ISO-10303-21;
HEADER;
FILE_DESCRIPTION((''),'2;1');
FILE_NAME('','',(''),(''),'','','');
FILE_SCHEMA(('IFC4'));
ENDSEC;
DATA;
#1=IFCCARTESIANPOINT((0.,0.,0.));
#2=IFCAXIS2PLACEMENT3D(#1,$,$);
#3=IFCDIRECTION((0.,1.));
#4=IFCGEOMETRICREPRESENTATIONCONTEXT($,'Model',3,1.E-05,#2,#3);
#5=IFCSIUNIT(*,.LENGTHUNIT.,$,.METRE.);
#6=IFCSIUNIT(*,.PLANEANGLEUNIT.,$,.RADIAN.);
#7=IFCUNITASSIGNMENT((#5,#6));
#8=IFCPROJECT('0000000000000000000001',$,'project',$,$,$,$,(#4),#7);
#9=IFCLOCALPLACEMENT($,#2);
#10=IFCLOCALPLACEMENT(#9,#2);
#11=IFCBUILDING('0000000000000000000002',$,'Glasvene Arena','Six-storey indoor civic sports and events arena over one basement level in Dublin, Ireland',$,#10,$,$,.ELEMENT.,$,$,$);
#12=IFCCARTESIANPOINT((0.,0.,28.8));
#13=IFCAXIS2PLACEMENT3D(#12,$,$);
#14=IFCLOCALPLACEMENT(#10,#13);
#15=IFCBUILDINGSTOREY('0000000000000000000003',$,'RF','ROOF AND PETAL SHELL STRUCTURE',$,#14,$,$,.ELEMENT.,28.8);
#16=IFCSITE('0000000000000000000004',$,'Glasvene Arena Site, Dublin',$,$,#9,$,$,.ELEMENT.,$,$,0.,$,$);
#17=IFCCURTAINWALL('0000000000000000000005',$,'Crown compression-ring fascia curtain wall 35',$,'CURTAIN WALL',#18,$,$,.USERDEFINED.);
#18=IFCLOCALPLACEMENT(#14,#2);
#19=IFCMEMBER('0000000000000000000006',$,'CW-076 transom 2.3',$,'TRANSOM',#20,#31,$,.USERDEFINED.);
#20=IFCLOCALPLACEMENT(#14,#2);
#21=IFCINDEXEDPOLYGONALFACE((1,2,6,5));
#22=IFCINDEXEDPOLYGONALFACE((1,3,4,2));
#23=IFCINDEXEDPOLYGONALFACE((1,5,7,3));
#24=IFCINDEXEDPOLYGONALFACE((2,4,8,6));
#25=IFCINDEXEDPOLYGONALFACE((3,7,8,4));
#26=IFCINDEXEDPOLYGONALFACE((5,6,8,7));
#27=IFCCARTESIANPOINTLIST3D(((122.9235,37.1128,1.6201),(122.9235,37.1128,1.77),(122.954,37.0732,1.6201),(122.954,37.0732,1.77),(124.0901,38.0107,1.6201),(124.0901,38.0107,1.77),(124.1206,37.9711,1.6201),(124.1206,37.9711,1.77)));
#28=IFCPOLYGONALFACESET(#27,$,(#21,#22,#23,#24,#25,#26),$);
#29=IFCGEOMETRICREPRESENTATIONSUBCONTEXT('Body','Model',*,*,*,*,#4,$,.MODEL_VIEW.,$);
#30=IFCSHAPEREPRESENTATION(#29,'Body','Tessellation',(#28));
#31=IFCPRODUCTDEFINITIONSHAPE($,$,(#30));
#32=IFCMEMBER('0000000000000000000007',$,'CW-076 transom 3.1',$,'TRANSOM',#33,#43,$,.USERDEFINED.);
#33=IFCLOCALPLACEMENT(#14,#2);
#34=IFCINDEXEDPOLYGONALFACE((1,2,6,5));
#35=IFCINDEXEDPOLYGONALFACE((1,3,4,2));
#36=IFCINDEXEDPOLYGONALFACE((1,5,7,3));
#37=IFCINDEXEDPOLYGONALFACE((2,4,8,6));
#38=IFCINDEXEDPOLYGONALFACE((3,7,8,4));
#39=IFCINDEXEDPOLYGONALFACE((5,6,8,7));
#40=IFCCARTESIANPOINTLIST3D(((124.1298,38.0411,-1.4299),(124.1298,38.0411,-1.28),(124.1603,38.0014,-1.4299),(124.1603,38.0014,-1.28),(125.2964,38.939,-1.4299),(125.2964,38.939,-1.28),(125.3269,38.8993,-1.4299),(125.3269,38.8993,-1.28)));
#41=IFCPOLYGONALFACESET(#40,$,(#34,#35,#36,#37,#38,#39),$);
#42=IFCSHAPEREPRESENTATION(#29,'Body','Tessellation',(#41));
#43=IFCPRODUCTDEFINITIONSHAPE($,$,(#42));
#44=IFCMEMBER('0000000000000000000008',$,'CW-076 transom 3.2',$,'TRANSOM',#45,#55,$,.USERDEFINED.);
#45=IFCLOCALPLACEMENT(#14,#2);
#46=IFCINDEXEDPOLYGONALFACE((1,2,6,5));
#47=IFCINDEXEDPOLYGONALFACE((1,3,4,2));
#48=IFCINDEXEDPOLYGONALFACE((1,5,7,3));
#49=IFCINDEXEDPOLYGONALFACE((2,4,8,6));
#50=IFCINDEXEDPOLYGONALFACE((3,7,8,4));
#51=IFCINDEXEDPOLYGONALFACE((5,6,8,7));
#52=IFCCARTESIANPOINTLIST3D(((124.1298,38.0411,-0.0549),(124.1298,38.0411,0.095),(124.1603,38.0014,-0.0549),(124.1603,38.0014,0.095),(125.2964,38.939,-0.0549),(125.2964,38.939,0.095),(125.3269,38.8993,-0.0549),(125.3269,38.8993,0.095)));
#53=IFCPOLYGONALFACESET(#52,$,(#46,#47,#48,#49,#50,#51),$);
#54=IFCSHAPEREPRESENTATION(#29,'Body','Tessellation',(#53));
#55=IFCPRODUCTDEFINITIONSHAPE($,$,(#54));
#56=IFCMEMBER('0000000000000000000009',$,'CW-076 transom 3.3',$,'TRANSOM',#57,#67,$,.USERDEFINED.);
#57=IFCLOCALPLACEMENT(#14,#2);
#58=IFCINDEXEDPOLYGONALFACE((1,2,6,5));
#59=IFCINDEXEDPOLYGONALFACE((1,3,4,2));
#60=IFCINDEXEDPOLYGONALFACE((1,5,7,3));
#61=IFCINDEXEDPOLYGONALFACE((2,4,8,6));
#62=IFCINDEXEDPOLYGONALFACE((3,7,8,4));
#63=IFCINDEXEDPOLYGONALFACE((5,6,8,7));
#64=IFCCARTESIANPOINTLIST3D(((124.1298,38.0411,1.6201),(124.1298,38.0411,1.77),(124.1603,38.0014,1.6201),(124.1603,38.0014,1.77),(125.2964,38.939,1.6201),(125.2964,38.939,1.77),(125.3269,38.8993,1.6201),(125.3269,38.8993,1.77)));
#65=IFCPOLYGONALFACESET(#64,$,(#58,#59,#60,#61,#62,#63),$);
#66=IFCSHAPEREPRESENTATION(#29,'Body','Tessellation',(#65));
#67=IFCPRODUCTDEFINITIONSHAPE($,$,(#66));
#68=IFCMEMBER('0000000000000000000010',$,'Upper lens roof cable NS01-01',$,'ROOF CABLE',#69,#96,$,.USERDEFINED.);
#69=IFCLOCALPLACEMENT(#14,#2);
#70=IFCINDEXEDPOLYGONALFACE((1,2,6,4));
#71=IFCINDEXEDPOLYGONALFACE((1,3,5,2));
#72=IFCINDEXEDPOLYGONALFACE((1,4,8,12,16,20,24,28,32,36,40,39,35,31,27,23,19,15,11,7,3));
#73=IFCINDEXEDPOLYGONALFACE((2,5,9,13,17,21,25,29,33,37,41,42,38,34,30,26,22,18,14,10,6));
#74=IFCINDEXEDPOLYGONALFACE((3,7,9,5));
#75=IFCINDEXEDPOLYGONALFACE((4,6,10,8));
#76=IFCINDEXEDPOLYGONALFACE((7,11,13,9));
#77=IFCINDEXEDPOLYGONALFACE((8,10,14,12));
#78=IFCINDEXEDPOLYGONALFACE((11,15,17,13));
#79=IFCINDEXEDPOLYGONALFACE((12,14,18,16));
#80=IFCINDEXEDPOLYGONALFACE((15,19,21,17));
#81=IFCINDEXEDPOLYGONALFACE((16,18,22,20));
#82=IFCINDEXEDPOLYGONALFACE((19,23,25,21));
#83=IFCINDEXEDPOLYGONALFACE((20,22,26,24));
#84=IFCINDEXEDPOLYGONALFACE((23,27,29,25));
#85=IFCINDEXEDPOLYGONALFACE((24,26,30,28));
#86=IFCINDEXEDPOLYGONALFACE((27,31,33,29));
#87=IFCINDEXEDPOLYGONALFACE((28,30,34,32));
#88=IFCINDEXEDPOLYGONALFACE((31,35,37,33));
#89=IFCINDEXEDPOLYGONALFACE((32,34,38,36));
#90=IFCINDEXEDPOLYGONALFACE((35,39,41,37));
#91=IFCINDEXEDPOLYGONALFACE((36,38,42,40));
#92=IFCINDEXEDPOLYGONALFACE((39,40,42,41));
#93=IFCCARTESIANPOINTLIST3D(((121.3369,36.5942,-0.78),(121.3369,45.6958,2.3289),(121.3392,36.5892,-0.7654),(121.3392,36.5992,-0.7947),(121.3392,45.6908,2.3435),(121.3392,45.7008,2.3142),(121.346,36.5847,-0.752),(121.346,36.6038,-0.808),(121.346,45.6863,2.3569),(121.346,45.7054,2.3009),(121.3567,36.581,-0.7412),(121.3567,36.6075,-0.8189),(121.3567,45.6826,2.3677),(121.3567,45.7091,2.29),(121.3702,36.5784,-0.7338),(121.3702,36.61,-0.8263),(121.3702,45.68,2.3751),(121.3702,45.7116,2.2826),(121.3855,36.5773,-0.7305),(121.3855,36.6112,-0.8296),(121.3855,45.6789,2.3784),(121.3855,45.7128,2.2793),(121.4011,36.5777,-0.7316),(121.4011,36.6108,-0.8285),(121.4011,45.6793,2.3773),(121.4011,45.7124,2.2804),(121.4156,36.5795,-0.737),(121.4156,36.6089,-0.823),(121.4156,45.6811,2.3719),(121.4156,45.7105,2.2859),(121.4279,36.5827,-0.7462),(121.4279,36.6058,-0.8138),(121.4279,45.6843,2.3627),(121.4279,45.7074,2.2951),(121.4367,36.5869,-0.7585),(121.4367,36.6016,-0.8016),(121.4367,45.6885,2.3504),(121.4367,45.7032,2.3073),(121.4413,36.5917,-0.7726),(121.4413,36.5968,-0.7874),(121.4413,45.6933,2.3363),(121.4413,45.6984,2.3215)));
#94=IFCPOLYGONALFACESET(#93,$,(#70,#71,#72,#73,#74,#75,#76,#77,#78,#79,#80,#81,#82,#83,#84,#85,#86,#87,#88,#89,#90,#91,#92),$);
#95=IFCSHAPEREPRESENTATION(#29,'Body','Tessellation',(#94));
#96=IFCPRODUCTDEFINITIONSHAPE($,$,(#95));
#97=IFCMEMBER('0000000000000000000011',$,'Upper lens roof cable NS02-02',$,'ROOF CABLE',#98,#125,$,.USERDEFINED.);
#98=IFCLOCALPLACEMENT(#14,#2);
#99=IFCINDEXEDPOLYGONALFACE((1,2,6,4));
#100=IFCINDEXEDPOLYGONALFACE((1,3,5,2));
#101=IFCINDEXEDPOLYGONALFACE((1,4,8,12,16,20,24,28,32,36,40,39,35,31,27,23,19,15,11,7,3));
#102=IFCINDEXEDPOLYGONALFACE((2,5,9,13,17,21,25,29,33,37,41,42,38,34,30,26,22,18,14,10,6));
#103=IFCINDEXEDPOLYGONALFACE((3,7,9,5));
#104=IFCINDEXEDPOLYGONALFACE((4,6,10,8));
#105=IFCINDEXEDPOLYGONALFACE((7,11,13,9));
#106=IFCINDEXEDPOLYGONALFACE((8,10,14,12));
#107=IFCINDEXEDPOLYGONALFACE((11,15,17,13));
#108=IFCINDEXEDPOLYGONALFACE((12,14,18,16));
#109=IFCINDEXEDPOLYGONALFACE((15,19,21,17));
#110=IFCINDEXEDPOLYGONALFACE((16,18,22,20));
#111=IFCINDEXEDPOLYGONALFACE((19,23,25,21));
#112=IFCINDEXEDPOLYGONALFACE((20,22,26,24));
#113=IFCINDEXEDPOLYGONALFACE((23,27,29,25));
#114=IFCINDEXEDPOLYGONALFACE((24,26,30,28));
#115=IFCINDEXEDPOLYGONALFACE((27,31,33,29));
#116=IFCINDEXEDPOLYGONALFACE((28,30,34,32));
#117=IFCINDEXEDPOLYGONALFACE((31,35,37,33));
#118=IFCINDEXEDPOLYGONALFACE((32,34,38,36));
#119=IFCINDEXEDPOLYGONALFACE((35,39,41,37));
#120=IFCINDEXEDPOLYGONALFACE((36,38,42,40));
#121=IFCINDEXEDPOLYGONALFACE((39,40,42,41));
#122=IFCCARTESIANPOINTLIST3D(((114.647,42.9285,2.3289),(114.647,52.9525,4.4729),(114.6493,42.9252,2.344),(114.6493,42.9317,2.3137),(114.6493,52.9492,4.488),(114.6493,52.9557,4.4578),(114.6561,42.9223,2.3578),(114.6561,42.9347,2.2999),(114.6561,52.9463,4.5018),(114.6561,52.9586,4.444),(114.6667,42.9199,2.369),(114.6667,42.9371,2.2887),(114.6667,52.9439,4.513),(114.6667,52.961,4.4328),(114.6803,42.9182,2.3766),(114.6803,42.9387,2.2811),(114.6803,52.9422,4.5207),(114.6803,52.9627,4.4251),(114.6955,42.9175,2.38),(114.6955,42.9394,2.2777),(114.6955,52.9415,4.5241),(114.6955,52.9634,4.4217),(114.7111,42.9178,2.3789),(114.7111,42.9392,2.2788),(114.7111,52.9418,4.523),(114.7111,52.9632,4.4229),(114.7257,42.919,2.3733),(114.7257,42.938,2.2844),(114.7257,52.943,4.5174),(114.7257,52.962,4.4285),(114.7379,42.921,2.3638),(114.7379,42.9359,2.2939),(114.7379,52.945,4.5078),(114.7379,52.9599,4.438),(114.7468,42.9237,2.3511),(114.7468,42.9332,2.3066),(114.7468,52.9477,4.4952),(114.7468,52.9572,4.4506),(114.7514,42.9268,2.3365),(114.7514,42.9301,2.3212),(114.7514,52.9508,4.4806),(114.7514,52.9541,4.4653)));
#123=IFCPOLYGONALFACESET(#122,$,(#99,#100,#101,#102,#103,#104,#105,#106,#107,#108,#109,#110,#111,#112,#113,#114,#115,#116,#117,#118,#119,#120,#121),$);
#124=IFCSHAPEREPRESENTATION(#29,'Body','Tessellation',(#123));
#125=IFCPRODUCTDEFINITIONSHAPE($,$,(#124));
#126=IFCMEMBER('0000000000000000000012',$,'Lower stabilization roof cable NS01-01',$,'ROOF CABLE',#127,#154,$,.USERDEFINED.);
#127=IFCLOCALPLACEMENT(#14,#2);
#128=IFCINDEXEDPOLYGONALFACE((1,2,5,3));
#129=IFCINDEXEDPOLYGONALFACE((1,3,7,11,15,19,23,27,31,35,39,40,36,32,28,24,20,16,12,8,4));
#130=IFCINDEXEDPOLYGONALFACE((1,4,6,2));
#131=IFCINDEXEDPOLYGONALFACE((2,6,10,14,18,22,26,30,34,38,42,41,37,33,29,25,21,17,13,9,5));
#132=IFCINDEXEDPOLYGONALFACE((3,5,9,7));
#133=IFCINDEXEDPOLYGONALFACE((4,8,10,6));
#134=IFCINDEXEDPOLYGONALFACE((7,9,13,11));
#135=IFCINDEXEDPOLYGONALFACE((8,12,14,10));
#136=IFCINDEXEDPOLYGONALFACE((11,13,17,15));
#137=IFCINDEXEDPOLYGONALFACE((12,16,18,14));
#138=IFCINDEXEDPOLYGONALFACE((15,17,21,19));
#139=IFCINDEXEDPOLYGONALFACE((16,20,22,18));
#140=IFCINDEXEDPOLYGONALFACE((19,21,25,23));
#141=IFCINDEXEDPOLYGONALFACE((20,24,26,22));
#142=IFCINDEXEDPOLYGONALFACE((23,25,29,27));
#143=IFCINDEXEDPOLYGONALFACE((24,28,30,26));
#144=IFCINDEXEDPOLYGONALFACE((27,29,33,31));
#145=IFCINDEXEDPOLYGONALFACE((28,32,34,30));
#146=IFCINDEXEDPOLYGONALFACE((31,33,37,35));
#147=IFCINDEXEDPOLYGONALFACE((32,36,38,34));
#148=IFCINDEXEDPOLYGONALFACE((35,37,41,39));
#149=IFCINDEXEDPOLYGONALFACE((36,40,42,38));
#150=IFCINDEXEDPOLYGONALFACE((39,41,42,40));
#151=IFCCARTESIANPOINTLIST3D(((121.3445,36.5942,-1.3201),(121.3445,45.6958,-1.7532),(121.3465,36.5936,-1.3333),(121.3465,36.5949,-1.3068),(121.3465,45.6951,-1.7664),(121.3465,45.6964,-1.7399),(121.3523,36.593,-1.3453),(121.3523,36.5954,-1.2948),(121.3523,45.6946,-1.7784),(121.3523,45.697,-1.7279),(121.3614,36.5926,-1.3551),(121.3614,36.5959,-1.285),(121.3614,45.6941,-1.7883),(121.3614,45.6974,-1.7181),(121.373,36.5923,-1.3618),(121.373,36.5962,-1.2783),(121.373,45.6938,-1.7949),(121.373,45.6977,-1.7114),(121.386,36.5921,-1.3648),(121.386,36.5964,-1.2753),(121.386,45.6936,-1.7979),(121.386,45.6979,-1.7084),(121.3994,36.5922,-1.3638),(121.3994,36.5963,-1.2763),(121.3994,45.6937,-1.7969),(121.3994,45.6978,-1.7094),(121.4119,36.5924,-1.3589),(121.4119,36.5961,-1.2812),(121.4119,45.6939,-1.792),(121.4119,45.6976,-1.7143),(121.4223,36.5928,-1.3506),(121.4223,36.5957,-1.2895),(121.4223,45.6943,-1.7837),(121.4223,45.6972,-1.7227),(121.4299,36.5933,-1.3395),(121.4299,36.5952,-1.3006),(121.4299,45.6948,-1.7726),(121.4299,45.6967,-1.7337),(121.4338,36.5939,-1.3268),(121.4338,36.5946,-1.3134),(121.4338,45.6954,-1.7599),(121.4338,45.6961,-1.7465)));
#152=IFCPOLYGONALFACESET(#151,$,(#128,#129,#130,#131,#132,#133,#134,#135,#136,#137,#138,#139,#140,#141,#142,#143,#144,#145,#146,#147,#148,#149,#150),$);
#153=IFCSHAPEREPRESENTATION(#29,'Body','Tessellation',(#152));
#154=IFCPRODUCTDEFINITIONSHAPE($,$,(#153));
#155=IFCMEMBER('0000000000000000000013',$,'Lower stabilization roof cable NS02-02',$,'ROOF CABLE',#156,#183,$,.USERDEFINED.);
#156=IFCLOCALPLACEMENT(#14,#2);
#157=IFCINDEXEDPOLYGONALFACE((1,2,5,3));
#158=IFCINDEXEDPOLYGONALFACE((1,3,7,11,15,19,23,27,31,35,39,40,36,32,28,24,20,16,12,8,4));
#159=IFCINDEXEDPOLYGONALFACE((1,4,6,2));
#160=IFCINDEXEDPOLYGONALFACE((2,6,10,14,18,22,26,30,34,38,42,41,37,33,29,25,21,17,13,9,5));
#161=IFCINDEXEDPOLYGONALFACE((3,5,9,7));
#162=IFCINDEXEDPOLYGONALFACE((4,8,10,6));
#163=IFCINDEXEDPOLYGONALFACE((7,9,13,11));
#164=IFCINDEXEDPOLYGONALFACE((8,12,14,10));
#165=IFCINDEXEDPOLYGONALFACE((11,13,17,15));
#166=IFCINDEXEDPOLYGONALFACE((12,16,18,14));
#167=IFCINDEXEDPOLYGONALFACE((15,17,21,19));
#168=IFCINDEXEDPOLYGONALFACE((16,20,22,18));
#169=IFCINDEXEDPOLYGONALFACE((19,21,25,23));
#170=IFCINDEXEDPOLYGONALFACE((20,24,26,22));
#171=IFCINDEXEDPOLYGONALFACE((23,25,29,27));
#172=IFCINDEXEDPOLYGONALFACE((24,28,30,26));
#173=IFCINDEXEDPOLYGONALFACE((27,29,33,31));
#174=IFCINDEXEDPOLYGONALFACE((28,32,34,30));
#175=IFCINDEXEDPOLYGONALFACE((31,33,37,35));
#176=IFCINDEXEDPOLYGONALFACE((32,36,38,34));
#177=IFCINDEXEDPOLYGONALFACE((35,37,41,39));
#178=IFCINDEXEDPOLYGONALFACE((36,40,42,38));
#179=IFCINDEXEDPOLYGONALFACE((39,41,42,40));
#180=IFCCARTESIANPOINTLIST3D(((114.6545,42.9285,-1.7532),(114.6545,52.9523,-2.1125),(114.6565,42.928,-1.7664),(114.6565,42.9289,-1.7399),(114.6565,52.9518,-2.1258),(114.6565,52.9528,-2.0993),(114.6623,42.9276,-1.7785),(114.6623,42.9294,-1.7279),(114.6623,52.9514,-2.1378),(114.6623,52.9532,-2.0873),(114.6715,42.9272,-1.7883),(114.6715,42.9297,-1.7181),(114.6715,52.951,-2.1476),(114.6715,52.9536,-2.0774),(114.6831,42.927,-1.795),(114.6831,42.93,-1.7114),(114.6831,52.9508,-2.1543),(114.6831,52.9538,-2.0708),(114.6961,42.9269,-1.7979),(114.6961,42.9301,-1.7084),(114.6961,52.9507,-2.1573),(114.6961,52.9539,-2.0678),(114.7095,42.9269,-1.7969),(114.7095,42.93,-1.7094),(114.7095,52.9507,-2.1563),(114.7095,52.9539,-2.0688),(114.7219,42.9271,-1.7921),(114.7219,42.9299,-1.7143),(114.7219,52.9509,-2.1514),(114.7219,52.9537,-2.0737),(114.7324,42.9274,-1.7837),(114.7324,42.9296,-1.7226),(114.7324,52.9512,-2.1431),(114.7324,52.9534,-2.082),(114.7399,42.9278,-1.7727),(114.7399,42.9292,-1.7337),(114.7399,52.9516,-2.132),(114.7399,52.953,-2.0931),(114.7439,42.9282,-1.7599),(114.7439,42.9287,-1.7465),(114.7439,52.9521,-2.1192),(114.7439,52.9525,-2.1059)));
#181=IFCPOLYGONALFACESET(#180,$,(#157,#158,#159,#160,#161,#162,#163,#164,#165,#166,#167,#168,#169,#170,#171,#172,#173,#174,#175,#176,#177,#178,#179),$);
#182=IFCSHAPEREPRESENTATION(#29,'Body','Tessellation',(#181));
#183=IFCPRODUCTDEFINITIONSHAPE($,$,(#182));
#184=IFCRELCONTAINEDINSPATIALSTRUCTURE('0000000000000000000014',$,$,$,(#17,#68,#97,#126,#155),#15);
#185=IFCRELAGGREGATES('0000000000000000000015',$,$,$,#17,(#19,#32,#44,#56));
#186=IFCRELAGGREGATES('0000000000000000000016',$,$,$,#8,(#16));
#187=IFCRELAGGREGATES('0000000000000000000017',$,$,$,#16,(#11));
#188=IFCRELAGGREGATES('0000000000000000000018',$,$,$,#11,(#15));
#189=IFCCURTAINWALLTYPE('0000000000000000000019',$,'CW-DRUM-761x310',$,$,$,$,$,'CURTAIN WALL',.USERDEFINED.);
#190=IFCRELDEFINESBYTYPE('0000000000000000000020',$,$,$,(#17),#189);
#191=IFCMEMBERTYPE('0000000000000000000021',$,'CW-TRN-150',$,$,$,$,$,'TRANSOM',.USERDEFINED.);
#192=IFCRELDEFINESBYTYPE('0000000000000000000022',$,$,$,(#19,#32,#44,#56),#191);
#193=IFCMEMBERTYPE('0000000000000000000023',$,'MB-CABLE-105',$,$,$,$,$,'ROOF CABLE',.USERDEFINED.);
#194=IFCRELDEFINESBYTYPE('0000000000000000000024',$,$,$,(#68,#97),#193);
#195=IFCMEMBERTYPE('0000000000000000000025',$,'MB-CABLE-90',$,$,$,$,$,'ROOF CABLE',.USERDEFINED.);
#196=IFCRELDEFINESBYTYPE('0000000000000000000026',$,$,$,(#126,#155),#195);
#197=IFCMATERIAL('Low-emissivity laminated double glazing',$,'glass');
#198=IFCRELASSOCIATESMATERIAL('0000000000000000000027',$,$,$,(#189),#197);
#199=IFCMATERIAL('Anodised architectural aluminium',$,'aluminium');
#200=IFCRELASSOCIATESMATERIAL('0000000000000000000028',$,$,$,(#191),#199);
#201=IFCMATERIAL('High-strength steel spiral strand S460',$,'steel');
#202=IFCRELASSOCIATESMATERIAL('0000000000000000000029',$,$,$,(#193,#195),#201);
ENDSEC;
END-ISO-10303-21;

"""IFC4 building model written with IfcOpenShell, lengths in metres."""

from ifc_helpers import new_model, si_unit, direction, frame, origin, origin_2d, place, context, subcontext, project, spatial, rectangle, circle, extrude, material, material_profile, profile_set, type_object, element, aggregate, save


model = new_model("IFC4")

# Units and contexts
model_context = context("Model", 3, precision=1e-05, world=origin(), true_north=direction((0.0, 1.0)))
body_context = subcontext(model_context, "Body", "Model", "MODEL_VIEW")
ifc_project = project(units=[si_unit("LENGTHUNIT", "METRE"), si_unit("PLANEANGLEUNIT", "RADIAN")], contexts=[model_context])

# Site, building, storey
site_placement = place(None, origin())
site = spatial("IfcSite", under=ifc_project, at=site_placement, Name="Glasvene Arena Site, Dublin", CompositionType="ELEMENT", RefElevation=0.0)
building_placement = place(site_placement, origin())
building = spatial("IfcBuilding", under=site, at=building_placement, Name="Glasvene Arena", Description="Six-storey indoor civic sports and events arena over one basement level in Dublin, Ireland", CompositionType="ELEMENT")
storey_placement = place(building_placement, frame((0.0, 0.0, 28.8)))
storey = spatial("IfcBuildingStorey", under=building, at=storey_placement, Name="RF", Description="ROOF AND PETAL SHELL STRUCTURE", CompositionType="ELEMENT", Elevation=28.8)

# Shared definitions
ifc_material_1 = material(Name="Low-emissivity laminated double glazing", Category="glass")
ifc_material_2 = material(Name="Anodised architectural aluminium", Category="aluminium")

# Curtain wall
curtain_wall_type_1 = type_object("IfcCurtainWallType", Name="CW-DRUM-761x310", ElementType="CURTAIN WALL", PredefinedType="USERDEFINED", material=ifc_material_1)
curtain_wall_1_placement = place(storey_placement, frame((121.7124, 36.1494, 0.0)))
curtain_wall_1 = element("IfcCurtainWall", 1, at=curtain_wall_1_placement, inside=storey, type_object=curtain_wall_type_1, Name="Crown compression-ring fascia curtain wall 35", ObjectType="CURTAIN WALL", PredefinedType="USERDEFINED")

# Members
ifc_material_profile_1 = material_profile(ifc_material_2, rectangle(XDim=0.05, YDim=0.1499, at=origin_2d()), Name="ALU TRANSOM 50x150")
ifc_profile_set_1 = profile_set([ifc_material_profile_1], Name="Anodised architectural aluminium")
member_type_1 = type_object("IfcMemberType", Name="CW-TRN-150", ElementType="TRANSOM", PredefinedType="USERDEFINED", material=ifc_profile_set_1)
member_1_placement = place(storey_placement, frame((122.9387, 37.093, 1.6951), z_axis=(0.792476, 0.609903, 0.0), x_axis=(-0.609903, 0.792476, 0.0)))
member_1 = element("IfcMember", 2, at=member_1_placement, type_object=member_type_1, Name="CW-076 transom 2.3", ObjectType="TRANSOM", PredefinedType="USERDEFINED", context=body_context, shape_type="SweptSolid", body=[
    extrude(rectangle(XDim=0.05, YDim=0.1499, at=origin_2d()), origin(), (0.0, 0.0, 1.0), 1.4722),
])
member_2_placement = place(storey_placement, frame((124.145, 38.0212, -1.355), z_axis=(0.792476, 0.609903, 0.0), x_axis=(-0.609903, 0.792476, 0.0)))
member_2 = element("IfcMember", 3, at=member_2_placement, type_object=member_type_1, Name="CW-076 transom 3.1", ObjectType="TRANSOM", PredefinedType="USERDEFINED", context=body_context, shape_type="SweptSolid", body=[
    extrude(rectangle(XDim=0.05, YDim=0.1499, at=origin_2d()), origin(), (0.0, 0.0, 1.0), 1.4722),
])
member_3_placement = place(storey_placement, frame((124.145, 38.0212, 0.02), z_axis=(0.792476, 0.609903, 0.0), x_axis=(-0.609903, 0.792476, 0.0)))
member_3 = element("IfcMember", 4, at=member_3_placement, type_object=member_type_1, Name="CW-076 transom 3.2", ObjectType="TRANSOM", PredefinedType="USERDEFINED", context=body_context, shape_type="SweptSolid", body=[
    extrude(rectangle(XDim=0.05, YDim=0.1499, at=origin_2d()), origin(), (0.0, 0.0, 1.0), 1.4722),
])
member_4_placement = place(storey_placement, frame((124.145, 38.0212, 1.6951), z_axis=(0.792476, 0.609903, 0.0), x_axis=(-0.609903, 0.792476, 0.0)))
member_4 = element("IfcMember", 5, at=member_4_placement, type_object=member_type_1, Name="CW-076 transom 3.3", ObjectType="TRANSOM", PredefinedType="USERDEFINED", context=body_context, shape_type="SweptSolid", body=[
    extrude(rectangle(XDim=0.05, YDim=0.1499, at=origin_2d()), origin(), (0.0, 0.0, 1.0), 1.4722),
])

# Members
ifc_material_3 = material(Name="High-strength steel spiral strand S460", Category="steel")
ifc_material_profile_2 = material_profile(ifc_material_3, circle(Radius=0.0525, at=origin_2d()), Name="LCSS D105")
ifc_profile_set_2 = profile_set([ifc_material_profile_2], Name="High-strength steel spiral strand S460")
member_type_2 = type_object("IfcMemberType", Name="MB-CABLE-105", ElementType="ROOF CABLE", PredefinedType="USERDEFINED", material=ifc_profile_set_2)
member_5_placement = place(storey_placement, frame((121.3894, 36.5942, -0.78), z_axis=(0.0, 0.946317, 0.32324), x_axis=(-1.0, 0.0, 0.0)))
element("IfcMember", 6, at=member_5_placement, inside=storey, type_object=member_type_2, Name="Upper lens roof cable NS01-01", ObjectType="ROOF CABLE", PredefinedType="USERDEFINED", context=body_context, shape_type="SweptSolid", body=[
    extrude(circle(Radius=0.0525, at=origin_2d()), origin(), (0.0, 0.0, 1.0), 9.6179),
])
member_6_placement = place(storey_placement, frame((114.6995, 42.9285, 2.3289), z_axis=(0.0, 0.977881, 0.209161), x_axis=(-1.0, 0.0, 0.0)))
element("IfcMember", 7, at=member_6_placement, inside=storey, type_object=member_type_2, Name="Upper lens roof cable NS02-02", ObjectType="ROOF CABLE", PredefinedType="USERDEFINED", context=body_context, shape_type="SweptSolid", body=[
    extrude(circle(Radius=0.0525, at=origin_2d()), origin(), (0.0, 0.0, 1.0), 10.2507),
])
ifc_material_profile_3 = material_profile(ifc_material_3, circle(Radius=0.0449, at=origin_2d()), Name="LCSS D90")
ifc_profile_set_3 = profile_set([ifc_material_profile_3], Name="High-strength steel spiral strand S460")
member_type_3 = type_object("IfcMemberType", Name="MB-CABLE-90", ElementType="ROOF CABLE", PredefinedType="USERDEFINED", material=ifc_profile_set_3)
member_7_placement = place(storey_placement, frame((121.3894, 36.5942, -1.3201), z_axis=(0.0, 0.99887, -0.047532), x_axis=(-1.0, 0.0, 0.0)))
element("IfcMember", 8, at=member_7_placement, inside=storey, type_object=member_type_3, Name="Lower stabilization roof cable NS01-01", ObjectType="ROOF CABLE", PredefinedType="USERDEFINED", context=body_context, shape_type="SweptSolid", body=[
    extrude(circle(Radius=0.0449, at=origin_2d()), origin(), (0.0, 0.0, 1.0), 9.1118),
])
member_8_placement = place(storey_placement, frame((114.6995, 42.9285, -1.7532), z_axis=(0.0, 0.999358, -0.035829), x_axis=(-1.0, 0.0, 0.0)))
element("IfcMember", 9, at=member_8_placement, inside=storey, type_object=member_type_3, Name="Lower stabilization roof cable NS02-02", ObjectType="ROOF CABLE", PredefinedType="USERDEFINED", context=body_context, shape_type="SweptSolid", body=[
    extrude(circle(Radius=0.0449, at=origin_2d()), origin(), (0.0, 0.0, 1.0), 10.0303),
])

aggregate(curtain_wall_1, [member_1, member_2, member_3, member_4])

save(model, "model.ifc")
